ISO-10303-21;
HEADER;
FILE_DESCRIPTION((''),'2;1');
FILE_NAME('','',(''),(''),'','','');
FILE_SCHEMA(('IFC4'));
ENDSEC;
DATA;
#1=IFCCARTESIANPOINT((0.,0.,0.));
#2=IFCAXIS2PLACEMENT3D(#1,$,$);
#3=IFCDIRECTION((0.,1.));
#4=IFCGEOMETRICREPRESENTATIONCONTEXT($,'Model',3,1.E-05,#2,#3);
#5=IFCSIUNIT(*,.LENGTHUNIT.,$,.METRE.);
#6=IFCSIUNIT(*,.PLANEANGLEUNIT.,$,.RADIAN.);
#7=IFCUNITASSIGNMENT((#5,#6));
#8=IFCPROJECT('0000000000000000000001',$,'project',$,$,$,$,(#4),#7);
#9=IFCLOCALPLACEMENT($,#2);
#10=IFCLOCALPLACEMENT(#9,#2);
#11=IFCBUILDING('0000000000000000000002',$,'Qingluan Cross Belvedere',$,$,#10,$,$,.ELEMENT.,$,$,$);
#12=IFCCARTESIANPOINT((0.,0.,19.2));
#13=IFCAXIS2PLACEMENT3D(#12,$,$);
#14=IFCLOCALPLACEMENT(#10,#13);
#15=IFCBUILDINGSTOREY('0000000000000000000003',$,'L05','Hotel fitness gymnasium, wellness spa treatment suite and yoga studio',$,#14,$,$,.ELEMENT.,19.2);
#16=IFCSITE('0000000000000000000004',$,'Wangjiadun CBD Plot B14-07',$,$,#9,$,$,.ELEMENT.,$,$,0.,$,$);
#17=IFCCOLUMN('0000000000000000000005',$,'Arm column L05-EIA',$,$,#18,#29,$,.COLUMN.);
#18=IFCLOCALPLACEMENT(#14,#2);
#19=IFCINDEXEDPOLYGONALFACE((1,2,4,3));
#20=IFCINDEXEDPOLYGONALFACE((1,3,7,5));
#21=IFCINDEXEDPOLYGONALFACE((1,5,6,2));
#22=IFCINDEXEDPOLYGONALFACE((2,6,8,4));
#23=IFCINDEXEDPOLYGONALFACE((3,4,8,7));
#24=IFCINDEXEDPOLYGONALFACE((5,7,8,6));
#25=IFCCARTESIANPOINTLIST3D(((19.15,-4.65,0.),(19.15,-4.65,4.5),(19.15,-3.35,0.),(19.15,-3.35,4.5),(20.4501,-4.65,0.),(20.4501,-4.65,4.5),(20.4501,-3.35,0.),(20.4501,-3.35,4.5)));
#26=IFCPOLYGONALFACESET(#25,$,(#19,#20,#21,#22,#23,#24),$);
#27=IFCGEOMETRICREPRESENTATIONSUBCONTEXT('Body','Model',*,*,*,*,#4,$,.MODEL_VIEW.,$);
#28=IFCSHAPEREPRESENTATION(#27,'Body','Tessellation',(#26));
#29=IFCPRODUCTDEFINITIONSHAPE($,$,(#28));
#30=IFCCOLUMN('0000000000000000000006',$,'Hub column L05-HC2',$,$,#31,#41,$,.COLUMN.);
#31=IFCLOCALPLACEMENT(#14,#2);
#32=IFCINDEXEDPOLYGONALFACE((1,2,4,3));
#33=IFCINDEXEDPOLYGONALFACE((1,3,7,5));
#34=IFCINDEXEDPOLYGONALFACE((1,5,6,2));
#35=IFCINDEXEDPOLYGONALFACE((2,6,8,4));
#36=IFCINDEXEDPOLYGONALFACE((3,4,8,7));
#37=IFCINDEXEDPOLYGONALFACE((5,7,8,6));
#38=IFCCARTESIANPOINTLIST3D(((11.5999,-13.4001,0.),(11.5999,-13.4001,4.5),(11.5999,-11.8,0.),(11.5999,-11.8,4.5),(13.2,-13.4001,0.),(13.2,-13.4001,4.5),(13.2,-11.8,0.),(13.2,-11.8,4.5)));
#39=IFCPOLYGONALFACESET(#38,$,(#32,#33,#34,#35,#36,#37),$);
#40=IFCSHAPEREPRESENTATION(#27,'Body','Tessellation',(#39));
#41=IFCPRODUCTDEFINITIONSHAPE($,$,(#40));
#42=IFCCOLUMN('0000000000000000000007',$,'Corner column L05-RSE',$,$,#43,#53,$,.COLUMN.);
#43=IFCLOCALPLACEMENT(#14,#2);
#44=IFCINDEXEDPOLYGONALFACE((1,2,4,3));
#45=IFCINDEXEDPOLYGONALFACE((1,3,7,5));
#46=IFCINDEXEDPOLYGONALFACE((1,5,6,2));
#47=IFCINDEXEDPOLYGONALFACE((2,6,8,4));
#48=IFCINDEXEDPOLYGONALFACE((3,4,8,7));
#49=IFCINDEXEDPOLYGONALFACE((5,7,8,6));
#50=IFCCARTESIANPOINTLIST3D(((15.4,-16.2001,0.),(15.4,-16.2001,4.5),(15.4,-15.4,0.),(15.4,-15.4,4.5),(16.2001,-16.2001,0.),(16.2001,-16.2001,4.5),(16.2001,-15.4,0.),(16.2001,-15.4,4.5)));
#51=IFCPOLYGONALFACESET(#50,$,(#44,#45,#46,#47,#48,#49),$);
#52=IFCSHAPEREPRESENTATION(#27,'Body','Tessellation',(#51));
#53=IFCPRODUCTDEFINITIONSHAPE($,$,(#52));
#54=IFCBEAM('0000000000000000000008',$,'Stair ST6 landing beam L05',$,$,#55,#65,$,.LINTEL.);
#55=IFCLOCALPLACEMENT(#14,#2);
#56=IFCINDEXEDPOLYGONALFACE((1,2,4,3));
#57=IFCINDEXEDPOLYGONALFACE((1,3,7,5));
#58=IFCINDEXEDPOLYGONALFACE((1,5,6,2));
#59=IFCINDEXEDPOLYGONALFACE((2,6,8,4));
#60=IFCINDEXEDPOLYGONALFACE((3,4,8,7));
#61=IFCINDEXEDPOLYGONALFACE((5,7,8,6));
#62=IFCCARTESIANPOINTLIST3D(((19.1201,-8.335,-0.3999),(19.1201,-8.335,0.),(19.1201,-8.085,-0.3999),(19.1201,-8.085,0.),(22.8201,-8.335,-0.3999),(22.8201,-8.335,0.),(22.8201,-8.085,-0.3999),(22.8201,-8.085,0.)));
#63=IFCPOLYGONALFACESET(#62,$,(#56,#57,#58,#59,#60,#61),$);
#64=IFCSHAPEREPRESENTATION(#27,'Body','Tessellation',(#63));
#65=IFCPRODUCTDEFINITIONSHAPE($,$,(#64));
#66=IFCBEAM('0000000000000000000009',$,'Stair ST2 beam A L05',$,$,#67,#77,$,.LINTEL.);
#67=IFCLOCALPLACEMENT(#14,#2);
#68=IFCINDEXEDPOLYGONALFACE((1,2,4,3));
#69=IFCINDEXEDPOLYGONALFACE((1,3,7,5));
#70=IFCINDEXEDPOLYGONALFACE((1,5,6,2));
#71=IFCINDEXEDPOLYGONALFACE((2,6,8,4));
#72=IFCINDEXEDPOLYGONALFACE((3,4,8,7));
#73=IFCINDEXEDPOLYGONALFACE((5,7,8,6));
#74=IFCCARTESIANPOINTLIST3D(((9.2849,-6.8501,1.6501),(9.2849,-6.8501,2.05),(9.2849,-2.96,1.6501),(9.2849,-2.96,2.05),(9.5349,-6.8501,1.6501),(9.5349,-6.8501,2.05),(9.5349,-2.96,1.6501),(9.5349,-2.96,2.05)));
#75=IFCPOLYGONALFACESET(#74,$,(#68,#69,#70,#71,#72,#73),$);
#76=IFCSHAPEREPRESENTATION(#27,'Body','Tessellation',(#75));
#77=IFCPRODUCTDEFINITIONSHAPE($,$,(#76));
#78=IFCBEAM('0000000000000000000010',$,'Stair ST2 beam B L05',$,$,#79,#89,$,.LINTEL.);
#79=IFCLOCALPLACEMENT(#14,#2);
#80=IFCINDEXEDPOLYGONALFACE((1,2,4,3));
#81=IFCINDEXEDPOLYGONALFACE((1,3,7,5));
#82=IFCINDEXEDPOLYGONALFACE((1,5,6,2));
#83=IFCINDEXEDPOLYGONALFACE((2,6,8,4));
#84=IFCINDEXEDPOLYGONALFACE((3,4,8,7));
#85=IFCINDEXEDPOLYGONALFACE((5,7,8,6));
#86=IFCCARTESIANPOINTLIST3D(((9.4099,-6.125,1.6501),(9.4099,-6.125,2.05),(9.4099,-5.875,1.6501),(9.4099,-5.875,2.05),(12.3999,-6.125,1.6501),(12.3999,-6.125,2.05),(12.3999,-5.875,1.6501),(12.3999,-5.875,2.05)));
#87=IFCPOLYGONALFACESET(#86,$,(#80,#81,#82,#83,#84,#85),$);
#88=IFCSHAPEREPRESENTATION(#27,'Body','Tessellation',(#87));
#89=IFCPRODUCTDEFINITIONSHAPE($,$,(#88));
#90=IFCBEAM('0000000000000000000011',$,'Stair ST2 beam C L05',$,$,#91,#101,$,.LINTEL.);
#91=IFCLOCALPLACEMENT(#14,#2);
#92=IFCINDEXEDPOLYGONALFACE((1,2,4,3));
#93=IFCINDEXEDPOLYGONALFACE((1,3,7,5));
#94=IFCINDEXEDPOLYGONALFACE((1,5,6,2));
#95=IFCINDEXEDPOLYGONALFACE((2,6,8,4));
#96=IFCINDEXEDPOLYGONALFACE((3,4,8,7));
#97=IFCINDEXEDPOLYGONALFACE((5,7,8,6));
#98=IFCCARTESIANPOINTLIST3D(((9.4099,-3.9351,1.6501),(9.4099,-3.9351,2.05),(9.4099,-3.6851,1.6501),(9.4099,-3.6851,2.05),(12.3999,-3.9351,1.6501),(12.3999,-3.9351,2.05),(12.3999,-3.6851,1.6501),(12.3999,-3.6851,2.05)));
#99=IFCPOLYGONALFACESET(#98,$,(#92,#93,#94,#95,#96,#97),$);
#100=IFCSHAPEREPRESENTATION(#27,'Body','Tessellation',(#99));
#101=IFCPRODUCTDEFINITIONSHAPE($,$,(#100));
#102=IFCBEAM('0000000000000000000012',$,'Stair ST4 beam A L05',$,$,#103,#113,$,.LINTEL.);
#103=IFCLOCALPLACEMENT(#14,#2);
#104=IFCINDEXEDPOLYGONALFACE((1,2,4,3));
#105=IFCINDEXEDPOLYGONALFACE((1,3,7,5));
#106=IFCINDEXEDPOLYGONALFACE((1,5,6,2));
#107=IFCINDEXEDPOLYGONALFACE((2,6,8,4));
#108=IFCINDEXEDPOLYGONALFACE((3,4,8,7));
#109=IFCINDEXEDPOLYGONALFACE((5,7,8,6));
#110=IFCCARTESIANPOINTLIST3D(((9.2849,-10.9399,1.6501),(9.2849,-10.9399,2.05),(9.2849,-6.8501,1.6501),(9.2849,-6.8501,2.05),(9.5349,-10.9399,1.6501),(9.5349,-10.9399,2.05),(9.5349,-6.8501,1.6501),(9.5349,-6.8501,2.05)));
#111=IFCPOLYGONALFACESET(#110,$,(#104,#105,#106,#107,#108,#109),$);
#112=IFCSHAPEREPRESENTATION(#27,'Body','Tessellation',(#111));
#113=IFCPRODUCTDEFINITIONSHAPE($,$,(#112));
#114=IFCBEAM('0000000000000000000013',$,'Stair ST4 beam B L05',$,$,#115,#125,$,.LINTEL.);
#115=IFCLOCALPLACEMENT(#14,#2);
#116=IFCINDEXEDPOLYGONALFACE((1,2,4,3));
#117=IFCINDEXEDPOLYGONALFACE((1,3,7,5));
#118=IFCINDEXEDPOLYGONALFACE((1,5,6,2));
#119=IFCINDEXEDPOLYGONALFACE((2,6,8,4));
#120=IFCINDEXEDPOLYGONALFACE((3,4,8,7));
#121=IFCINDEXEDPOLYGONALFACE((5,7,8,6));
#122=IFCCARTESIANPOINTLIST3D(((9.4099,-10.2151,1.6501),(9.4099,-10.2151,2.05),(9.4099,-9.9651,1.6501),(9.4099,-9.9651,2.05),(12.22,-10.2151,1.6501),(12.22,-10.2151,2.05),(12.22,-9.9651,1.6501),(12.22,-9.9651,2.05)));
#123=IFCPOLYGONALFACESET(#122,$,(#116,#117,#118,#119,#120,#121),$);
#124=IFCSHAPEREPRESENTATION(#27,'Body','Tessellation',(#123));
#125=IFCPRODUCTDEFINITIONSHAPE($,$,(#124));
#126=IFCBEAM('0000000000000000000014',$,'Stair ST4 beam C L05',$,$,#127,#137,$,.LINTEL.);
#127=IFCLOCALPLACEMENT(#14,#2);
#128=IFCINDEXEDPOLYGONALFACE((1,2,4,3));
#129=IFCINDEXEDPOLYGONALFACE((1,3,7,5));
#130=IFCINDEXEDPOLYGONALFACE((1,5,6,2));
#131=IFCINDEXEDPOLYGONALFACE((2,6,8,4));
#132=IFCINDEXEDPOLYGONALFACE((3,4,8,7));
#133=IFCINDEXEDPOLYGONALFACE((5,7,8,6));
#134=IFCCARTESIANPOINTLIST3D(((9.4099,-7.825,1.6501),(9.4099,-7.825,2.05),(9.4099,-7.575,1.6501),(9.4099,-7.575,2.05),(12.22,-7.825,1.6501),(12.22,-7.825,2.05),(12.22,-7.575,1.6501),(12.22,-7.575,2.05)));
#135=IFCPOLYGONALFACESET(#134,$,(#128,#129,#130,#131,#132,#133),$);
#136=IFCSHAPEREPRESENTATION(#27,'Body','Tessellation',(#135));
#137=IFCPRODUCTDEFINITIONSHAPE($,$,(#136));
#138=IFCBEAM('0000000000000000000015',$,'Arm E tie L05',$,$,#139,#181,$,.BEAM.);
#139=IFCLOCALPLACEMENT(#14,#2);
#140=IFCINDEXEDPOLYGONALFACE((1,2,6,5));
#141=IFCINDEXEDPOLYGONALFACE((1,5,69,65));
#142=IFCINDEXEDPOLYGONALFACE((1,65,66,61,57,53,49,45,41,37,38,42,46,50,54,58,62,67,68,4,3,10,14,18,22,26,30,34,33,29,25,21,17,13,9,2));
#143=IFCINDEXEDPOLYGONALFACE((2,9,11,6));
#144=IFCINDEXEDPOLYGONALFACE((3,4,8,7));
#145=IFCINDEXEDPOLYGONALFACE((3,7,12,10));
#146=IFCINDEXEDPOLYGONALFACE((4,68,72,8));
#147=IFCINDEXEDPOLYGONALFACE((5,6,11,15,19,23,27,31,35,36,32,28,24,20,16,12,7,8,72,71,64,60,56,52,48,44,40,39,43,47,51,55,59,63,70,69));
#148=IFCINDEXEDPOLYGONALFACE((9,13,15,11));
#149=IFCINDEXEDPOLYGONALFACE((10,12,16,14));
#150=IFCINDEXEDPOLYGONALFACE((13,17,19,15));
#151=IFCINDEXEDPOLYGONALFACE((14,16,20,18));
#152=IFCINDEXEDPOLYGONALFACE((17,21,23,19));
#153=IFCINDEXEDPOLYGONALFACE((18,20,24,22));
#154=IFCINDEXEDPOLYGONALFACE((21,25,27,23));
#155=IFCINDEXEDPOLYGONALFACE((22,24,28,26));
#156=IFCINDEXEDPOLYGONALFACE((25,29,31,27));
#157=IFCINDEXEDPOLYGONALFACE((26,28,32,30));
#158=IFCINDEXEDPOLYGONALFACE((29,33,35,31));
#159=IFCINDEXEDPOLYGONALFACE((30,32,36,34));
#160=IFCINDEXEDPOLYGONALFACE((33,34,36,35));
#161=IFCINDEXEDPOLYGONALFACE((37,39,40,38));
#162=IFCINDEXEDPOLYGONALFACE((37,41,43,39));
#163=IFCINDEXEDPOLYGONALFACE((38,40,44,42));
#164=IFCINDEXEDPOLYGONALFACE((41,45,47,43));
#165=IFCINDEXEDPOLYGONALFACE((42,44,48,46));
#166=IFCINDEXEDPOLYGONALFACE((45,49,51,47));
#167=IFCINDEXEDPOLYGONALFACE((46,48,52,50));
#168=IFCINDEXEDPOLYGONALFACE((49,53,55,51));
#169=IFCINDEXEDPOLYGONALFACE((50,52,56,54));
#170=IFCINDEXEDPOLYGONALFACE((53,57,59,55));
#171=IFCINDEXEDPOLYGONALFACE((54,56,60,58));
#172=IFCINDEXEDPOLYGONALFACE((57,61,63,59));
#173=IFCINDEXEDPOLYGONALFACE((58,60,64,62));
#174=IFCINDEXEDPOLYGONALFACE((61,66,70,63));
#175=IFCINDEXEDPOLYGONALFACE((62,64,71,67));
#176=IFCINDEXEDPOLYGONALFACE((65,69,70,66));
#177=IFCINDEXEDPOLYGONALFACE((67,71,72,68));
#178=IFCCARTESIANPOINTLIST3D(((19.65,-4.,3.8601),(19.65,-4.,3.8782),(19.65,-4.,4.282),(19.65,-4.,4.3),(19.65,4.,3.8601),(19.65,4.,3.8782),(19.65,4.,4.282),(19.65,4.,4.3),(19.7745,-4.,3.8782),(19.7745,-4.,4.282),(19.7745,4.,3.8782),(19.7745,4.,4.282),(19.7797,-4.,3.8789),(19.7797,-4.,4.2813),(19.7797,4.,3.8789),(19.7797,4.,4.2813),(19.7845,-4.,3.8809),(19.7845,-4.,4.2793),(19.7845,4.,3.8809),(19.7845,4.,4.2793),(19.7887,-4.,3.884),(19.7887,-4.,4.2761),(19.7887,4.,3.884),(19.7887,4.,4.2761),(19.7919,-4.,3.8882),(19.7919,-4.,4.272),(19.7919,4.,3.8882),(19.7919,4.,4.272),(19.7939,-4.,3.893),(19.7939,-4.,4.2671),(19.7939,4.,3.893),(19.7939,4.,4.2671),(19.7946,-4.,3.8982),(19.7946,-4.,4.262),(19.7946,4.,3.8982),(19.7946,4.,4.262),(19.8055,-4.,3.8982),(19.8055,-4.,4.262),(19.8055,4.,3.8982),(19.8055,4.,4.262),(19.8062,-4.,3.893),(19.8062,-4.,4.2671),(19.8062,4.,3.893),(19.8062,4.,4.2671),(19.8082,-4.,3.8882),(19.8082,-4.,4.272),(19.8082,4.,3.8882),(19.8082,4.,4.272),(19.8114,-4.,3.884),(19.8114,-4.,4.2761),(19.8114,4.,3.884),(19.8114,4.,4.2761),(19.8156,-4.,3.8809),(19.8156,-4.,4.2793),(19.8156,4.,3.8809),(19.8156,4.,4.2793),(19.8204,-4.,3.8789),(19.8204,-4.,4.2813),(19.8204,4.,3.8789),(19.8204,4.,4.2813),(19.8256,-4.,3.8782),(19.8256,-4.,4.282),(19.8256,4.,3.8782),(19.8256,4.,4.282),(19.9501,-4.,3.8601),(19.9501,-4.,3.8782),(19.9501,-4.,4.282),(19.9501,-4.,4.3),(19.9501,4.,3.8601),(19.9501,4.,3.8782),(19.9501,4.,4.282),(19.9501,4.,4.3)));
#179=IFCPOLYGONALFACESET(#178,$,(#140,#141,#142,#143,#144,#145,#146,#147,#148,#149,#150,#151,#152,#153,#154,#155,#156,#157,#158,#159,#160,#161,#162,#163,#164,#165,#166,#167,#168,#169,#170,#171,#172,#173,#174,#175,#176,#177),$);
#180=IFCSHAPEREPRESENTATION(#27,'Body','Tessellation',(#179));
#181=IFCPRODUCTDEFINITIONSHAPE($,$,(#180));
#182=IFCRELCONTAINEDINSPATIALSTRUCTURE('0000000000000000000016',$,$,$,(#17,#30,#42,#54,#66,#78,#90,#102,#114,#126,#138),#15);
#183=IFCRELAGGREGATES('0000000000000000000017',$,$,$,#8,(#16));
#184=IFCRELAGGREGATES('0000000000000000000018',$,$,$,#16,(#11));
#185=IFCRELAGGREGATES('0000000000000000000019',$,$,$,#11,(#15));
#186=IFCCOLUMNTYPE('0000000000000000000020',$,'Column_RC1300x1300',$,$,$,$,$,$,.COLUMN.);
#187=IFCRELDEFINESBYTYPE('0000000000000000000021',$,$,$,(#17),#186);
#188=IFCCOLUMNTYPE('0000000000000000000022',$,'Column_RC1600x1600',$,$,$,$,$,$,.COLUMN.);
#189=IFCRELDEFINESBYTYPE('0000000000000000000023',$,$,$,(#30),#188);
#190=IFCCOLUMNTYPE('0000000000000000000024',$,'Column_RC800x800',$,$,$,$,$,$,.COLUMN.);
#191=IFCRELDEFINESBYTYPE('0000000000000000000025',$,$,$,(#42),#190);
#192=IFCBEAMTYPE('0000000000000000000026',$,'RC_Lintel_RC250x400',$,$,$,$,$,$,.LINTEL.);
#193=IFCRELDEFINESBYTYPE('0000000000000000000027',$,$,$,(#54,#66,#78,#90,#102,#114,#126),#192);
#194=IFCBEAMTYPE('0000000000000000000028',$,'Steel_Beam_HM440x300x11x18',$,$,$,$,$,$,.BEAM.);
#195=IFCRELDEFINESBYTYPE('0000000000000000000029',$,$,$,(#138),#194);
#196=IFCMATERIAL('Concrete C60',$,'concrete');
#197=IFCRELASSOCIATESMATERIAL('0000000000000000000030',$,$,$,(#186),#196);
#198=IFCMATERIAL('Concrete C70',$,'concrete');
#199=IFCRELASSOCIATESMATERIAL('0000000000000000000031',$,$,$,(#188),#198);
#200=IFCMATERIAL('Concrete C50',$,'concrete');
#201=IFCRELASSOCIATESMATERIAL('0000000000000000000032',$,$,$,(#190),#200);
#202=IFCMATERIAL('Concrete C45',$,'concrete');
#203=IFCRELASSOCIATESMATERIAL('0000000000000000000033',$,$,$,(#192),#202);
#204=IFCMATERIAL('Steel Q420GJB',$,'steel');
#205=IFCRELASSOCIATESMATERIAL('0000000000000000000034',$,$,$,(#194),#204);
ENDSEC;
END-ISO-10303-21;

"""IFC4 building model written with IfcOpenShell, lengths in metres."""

from ifc_helpers import new_model, si_unit, direction, frame, origin, origin_2d, place, context, subcontext, project, spatial, rectangle, i_section, extrude, material, material_profile, profile_set, type_object, element, save


model = new_model("IFC4")

# Units and contexts
model_context = context("Model", 3, precision=1e-05, world=origin(), true_north=direction((0.0, 1.0)))
body_context = subcontext(model_context, "Body", "Model", "MODEL_VIEW")
ifc_project = project(units=[si_unit("LENGTHUNIT", "METRE"), si_unit("PLANEANGLEUNIT", "RADIAN")], contexts=[model_context])

# Site, building, storey
site_placement = place(None, origin())
site = spatial("IfcSite", under=ifc_project, at=site_placement, Name="Wangjiadun CBD Plot B14-07", CompositionType="ELEMENT", RefElevation=0.0)
building_placement = place(site_placement, origin())
building = spatial("IfcBuilding", under=site, at=building_placement, Name="Qingluan Cross Belvedere", CompositionType="ELEMENT")
storey_placement = place(building_placement, frame((0.0, 0.0, 19.2)))
storey = spatial("IfcBuildingStorey", under=building, at=storey_placement, Name="L05", Description="Hotel fitness gymnasium, wellness spa treatment suite and yoga studio", CompositionType="ELEMENT", Elevation=19.2)

# Columns
ifc_material_1 = material(Name="Concrete C60", Category="concrete")
ifc_material_profile_1 = material_profile(ifc_material_1, rectangle(XDim=1.3, YDim=1.3, at=origin_2d()), Name="RC1300x1300")
ifc_profile_set_1 = profile_set([ifc_material_profile_1], Name="Concrete C60")
column_type_1 = type_object("IfcColumnType", Name="Column_RC1300x1300", PredefinedType="COLUMN", material=ifc_profile_set_1)
column_1_placement = place(storey_placement, frame((19.8, -4.0, 0.0), z_axis=(0.0, 0.0, 1.0), x_axis=(1.0, 0.0, 0.0)))
element("IfcColumn", 1, at=column_1_placement, inside=storey, type_object=column_type_1, Name="Arm column L05-EIA", PredefinedType="COLUMN", context=body_context, shape_type="SweptSolid", body=[
    extrude(rectangle(XDim=1.3, YDim=1.3, at=origin_2d()), origin(), (0.0, 0.0, 1.0), 4.5),
])
ifc_material_2 = material(Name="Concrete C70", Category="concrete")
ifc_material_profile_2 = material_profile(ifc_material_2, rectangle(XDim=1.6001, YDim=1.6001, at=origin_2d()), Name="RC1600x1600")
ifc_profile_set_2 = profile_set([ifc_material_profile_2], Name="Concrete C70")
column_type_2 = type_object("IfcColumnType", Name="Column_RC1600x1600", PredefinedType="COLUMN", material=ifc_profile_set_2)
column_2_placement = place(storey_placement, frame((12.3999, -12.6001, 0.0), z_axis=(0.0, 0.0, 1.0), x_axis=(1.0, 0.0, 0.0)))
element("IfcColumn", 2, at=column_2_placement, inside=storey, type_object=column_type_2, Name="Hub column L05-HC2", PredefinedType="COLUMN", context=body_context, shape_type="SweptSolid", body=[
    extrude(rectangle(XDim=1.6001, YDim=1.6001, at=origin_2d()), origin(), (0.0, 0.0, 1.0), 4.5),
])
ifc_material_3 = material(Name="Concrete C50", Category="concrete")
ifc_material_profile_3 = material_profile(ifc_material_3, rectangle(XDim=0.8, YDim=0.8, at=origin_2d()), Name="RC800x800")
ifc_profile_set_3 = profile_set([ifc_material_profile_3], Name="Concrete C50")
column_type_3 = type_object("IfcColumnType", Name="Column_RC800x800", PredefinedType="COLUMN", material=ifc_profile_set_3)
column_3_placement = place(storey_placement, frame((15.8, -15.8, 0.0), z_axis=(0.0, 0.0, 1.0), x_axis=(1.0, 0.0, 0.0)))
element("IfcColumn", 3, at=column_3_placement, inside=storey, type_object=column_type_3, Name="Corner column L05-RSE", PredefinedType="COLUMN", context=body_context, shape_type="SweptSolid", body=[
    extrude(rectangle(XDim=0.8, YDim=0.8, at=origin_2d()), origin(), (0.0, 0.0, 1.0), 4.5),
])

# Beams
ifc_material_4 = material(Name="Concrete C45", Category="concrete")
ifc_material_profile_4 = material_profile(ifc_material_4, rectangle(XDim=0.25, YDim=0.3999, at=origin_2d()), Name="RC250x400")
ifc_profile_set_4 = profile_set([ifc_material_profile_4], Name="Concrete C45")
beam_type_1 = type_object("IfcBeamType", Name="RC_Lintel_RC250x400", PredefinedType="LINTEL", material=ifc_profile_set_4)
beam_1_placement = place(storey_placement, frame((19.1201, -8.21, -0.2), z_axis=(1.0, 0.0, 0.0), x_axis=(0.0, 1.0, 0.0)))
element("IfcBeam", 4, at=beam_1_placement, inside=storey, type_object=beam_type_1, Name="Stair ST6 landing beam L05", PredefinedType="LINTEL", context=body_context, shape_type="SweptSolid", body=[
    extrude(rectangle(XDim=0.25, YDim=0.3999, at=origin_2d()), origin(), (0.0, 0.0, 1.0), 3.7),
])
beam_2_placement = place(storey_placement, frame((9.4099, -6.8501, 1.8501), z_axis=(0.0, 1.0, 0.0), x_axis=(-1.0, 0.0, 0.0)))
element("IfcBeam", 5, at=beam_2_placement, inside=storey, type_object=beam_type_1, Name="Stair ST2 beam A L05", PredefinedType="LINTEL", context=body_context, shape_type="SweptSolid", body=[
    extrude(rectangle(XDim=0.25, YDim=0.3999, at=origin_2d()), origin(), (0.0, 0.0, 1.0), 3.8901),
])
for number, where, z_axis, x_axis, name in (
    (6, (12.3999, -6.0, 1.8501), (-1.0, 0.0, 0.0), (0.0, -1.0, 0.0), "Stair ST2 beam B L05"),
    (7, (12.3999, -3.8101, 1.8501), (-1.0, 0.0, 0.0), (0.0, -1.0, 0.0), "Stair ST2 beam C L05"),
):
    element("IfcBeam", number, at=place(storey_placement, frame(where, z_axis=z_axis, x_axis=x_axis)), inside=storey, type_object=beam_type_1, Name=name, PredefinedType="LINTEL", context=body_context, shape_type="SweptSolid", body=[
        extrude(rectangle(XDim=0.25, YDim=0.3999, at=origin_2d()), origin(), (0.0, 0.0, 1.0), 2.99),
    ])
beam_3_placement = place(storey_placement, frame((9.4099, -10.9399, 1.8501), z_axis=(0.0, 1.0, 0.0), x_axis=(-1.0, 0.0, 0.0)))
element("IfcBeam", 8, at=beam_3_placement, inside=storey, type_object=beam_type_1, Name="Stair ST4 beam A L05", PredefinedType="LINTEL", context=body_context, shape_type="SweptSolid", body=[
    extrude(rectangle(XDim=0.25, YDim=0.3999, at=origin_2d()), origin(), (0.0, 0.0, 1.0), 4.0898),
])
for number, where, z_axis, x_axis, name in (
    (9, (12.22, -10.0901, 1.8501), (-1.0, 0.0, 0.0), (0.0, -1.0, 0.0), "Stair ST4 beam B L05"),
    (10, (12.22, -7.7, 1.8501), (-1.0, 0.0, 0.0), (0.0, -1.0, 0.0), "Stair ST4 beam C L05"),
):
    element("IfcBeam", number, at=place(storey_placement, frame(where, z_axis=z_axis, x_axis=x_axis)), inside=storey, type_object=beam_type_1, Name=name, PredefinedType="LINTEL", context=body_context, shape_type="SweptSolid", body=[
        extrude(rectangle(XDim=0.25, YDim=0.3999, at=origin_2d()), origin(), (0.0, 0.0, 1.0), 2.8101),
    ])
ifc_material_5 = material(Name="Steel Q420GJB", Category="steel")
ifc_material_profile_5 = material_profile(ifc_material_5, i_section(OverallWidth=0.3, OverallDepth=0.4399, WebThickness=0.011, FlangeThickness=0.0181, FilletRadius=0.02, at=origin_2d()), Name="HM440x300x11x18")
ifc_profile_set_5 = profile_set([ifc_material_profile_5], Name="Steel Q420GJB")
beam_type_2 = type_object("IfcBeamType", Name="Steel_Beam_HM440x300x11x18", PredefinedType="BEAM", material=ifc_profile_set_5)
beam_4_placement = place(storey_placement, frame((19.8, -4.0, 4.0801), z_axis=(0.0, 1.0, 0.0), x_axis=(-1.0, 0.0, 0.0)))
element("IfcBeam", 11, at=beam_4_placement, inside=storey, type_object=beam_type_2, Name="Arm E tie L05", PredefinedType="BEAM", context=body_context, shape_type="SweptSolid", body=[
    extrude(i_section(OverallWidth=0.3, OverallDepth=0.4399, WebThickness=0.011, FlangeThickness=0.0181, FilletRadius=0.02, at=origin_2d()), origin(), (0.0, 0.0, 1.0), 8.0),
])

save(model, "model.ifc")
